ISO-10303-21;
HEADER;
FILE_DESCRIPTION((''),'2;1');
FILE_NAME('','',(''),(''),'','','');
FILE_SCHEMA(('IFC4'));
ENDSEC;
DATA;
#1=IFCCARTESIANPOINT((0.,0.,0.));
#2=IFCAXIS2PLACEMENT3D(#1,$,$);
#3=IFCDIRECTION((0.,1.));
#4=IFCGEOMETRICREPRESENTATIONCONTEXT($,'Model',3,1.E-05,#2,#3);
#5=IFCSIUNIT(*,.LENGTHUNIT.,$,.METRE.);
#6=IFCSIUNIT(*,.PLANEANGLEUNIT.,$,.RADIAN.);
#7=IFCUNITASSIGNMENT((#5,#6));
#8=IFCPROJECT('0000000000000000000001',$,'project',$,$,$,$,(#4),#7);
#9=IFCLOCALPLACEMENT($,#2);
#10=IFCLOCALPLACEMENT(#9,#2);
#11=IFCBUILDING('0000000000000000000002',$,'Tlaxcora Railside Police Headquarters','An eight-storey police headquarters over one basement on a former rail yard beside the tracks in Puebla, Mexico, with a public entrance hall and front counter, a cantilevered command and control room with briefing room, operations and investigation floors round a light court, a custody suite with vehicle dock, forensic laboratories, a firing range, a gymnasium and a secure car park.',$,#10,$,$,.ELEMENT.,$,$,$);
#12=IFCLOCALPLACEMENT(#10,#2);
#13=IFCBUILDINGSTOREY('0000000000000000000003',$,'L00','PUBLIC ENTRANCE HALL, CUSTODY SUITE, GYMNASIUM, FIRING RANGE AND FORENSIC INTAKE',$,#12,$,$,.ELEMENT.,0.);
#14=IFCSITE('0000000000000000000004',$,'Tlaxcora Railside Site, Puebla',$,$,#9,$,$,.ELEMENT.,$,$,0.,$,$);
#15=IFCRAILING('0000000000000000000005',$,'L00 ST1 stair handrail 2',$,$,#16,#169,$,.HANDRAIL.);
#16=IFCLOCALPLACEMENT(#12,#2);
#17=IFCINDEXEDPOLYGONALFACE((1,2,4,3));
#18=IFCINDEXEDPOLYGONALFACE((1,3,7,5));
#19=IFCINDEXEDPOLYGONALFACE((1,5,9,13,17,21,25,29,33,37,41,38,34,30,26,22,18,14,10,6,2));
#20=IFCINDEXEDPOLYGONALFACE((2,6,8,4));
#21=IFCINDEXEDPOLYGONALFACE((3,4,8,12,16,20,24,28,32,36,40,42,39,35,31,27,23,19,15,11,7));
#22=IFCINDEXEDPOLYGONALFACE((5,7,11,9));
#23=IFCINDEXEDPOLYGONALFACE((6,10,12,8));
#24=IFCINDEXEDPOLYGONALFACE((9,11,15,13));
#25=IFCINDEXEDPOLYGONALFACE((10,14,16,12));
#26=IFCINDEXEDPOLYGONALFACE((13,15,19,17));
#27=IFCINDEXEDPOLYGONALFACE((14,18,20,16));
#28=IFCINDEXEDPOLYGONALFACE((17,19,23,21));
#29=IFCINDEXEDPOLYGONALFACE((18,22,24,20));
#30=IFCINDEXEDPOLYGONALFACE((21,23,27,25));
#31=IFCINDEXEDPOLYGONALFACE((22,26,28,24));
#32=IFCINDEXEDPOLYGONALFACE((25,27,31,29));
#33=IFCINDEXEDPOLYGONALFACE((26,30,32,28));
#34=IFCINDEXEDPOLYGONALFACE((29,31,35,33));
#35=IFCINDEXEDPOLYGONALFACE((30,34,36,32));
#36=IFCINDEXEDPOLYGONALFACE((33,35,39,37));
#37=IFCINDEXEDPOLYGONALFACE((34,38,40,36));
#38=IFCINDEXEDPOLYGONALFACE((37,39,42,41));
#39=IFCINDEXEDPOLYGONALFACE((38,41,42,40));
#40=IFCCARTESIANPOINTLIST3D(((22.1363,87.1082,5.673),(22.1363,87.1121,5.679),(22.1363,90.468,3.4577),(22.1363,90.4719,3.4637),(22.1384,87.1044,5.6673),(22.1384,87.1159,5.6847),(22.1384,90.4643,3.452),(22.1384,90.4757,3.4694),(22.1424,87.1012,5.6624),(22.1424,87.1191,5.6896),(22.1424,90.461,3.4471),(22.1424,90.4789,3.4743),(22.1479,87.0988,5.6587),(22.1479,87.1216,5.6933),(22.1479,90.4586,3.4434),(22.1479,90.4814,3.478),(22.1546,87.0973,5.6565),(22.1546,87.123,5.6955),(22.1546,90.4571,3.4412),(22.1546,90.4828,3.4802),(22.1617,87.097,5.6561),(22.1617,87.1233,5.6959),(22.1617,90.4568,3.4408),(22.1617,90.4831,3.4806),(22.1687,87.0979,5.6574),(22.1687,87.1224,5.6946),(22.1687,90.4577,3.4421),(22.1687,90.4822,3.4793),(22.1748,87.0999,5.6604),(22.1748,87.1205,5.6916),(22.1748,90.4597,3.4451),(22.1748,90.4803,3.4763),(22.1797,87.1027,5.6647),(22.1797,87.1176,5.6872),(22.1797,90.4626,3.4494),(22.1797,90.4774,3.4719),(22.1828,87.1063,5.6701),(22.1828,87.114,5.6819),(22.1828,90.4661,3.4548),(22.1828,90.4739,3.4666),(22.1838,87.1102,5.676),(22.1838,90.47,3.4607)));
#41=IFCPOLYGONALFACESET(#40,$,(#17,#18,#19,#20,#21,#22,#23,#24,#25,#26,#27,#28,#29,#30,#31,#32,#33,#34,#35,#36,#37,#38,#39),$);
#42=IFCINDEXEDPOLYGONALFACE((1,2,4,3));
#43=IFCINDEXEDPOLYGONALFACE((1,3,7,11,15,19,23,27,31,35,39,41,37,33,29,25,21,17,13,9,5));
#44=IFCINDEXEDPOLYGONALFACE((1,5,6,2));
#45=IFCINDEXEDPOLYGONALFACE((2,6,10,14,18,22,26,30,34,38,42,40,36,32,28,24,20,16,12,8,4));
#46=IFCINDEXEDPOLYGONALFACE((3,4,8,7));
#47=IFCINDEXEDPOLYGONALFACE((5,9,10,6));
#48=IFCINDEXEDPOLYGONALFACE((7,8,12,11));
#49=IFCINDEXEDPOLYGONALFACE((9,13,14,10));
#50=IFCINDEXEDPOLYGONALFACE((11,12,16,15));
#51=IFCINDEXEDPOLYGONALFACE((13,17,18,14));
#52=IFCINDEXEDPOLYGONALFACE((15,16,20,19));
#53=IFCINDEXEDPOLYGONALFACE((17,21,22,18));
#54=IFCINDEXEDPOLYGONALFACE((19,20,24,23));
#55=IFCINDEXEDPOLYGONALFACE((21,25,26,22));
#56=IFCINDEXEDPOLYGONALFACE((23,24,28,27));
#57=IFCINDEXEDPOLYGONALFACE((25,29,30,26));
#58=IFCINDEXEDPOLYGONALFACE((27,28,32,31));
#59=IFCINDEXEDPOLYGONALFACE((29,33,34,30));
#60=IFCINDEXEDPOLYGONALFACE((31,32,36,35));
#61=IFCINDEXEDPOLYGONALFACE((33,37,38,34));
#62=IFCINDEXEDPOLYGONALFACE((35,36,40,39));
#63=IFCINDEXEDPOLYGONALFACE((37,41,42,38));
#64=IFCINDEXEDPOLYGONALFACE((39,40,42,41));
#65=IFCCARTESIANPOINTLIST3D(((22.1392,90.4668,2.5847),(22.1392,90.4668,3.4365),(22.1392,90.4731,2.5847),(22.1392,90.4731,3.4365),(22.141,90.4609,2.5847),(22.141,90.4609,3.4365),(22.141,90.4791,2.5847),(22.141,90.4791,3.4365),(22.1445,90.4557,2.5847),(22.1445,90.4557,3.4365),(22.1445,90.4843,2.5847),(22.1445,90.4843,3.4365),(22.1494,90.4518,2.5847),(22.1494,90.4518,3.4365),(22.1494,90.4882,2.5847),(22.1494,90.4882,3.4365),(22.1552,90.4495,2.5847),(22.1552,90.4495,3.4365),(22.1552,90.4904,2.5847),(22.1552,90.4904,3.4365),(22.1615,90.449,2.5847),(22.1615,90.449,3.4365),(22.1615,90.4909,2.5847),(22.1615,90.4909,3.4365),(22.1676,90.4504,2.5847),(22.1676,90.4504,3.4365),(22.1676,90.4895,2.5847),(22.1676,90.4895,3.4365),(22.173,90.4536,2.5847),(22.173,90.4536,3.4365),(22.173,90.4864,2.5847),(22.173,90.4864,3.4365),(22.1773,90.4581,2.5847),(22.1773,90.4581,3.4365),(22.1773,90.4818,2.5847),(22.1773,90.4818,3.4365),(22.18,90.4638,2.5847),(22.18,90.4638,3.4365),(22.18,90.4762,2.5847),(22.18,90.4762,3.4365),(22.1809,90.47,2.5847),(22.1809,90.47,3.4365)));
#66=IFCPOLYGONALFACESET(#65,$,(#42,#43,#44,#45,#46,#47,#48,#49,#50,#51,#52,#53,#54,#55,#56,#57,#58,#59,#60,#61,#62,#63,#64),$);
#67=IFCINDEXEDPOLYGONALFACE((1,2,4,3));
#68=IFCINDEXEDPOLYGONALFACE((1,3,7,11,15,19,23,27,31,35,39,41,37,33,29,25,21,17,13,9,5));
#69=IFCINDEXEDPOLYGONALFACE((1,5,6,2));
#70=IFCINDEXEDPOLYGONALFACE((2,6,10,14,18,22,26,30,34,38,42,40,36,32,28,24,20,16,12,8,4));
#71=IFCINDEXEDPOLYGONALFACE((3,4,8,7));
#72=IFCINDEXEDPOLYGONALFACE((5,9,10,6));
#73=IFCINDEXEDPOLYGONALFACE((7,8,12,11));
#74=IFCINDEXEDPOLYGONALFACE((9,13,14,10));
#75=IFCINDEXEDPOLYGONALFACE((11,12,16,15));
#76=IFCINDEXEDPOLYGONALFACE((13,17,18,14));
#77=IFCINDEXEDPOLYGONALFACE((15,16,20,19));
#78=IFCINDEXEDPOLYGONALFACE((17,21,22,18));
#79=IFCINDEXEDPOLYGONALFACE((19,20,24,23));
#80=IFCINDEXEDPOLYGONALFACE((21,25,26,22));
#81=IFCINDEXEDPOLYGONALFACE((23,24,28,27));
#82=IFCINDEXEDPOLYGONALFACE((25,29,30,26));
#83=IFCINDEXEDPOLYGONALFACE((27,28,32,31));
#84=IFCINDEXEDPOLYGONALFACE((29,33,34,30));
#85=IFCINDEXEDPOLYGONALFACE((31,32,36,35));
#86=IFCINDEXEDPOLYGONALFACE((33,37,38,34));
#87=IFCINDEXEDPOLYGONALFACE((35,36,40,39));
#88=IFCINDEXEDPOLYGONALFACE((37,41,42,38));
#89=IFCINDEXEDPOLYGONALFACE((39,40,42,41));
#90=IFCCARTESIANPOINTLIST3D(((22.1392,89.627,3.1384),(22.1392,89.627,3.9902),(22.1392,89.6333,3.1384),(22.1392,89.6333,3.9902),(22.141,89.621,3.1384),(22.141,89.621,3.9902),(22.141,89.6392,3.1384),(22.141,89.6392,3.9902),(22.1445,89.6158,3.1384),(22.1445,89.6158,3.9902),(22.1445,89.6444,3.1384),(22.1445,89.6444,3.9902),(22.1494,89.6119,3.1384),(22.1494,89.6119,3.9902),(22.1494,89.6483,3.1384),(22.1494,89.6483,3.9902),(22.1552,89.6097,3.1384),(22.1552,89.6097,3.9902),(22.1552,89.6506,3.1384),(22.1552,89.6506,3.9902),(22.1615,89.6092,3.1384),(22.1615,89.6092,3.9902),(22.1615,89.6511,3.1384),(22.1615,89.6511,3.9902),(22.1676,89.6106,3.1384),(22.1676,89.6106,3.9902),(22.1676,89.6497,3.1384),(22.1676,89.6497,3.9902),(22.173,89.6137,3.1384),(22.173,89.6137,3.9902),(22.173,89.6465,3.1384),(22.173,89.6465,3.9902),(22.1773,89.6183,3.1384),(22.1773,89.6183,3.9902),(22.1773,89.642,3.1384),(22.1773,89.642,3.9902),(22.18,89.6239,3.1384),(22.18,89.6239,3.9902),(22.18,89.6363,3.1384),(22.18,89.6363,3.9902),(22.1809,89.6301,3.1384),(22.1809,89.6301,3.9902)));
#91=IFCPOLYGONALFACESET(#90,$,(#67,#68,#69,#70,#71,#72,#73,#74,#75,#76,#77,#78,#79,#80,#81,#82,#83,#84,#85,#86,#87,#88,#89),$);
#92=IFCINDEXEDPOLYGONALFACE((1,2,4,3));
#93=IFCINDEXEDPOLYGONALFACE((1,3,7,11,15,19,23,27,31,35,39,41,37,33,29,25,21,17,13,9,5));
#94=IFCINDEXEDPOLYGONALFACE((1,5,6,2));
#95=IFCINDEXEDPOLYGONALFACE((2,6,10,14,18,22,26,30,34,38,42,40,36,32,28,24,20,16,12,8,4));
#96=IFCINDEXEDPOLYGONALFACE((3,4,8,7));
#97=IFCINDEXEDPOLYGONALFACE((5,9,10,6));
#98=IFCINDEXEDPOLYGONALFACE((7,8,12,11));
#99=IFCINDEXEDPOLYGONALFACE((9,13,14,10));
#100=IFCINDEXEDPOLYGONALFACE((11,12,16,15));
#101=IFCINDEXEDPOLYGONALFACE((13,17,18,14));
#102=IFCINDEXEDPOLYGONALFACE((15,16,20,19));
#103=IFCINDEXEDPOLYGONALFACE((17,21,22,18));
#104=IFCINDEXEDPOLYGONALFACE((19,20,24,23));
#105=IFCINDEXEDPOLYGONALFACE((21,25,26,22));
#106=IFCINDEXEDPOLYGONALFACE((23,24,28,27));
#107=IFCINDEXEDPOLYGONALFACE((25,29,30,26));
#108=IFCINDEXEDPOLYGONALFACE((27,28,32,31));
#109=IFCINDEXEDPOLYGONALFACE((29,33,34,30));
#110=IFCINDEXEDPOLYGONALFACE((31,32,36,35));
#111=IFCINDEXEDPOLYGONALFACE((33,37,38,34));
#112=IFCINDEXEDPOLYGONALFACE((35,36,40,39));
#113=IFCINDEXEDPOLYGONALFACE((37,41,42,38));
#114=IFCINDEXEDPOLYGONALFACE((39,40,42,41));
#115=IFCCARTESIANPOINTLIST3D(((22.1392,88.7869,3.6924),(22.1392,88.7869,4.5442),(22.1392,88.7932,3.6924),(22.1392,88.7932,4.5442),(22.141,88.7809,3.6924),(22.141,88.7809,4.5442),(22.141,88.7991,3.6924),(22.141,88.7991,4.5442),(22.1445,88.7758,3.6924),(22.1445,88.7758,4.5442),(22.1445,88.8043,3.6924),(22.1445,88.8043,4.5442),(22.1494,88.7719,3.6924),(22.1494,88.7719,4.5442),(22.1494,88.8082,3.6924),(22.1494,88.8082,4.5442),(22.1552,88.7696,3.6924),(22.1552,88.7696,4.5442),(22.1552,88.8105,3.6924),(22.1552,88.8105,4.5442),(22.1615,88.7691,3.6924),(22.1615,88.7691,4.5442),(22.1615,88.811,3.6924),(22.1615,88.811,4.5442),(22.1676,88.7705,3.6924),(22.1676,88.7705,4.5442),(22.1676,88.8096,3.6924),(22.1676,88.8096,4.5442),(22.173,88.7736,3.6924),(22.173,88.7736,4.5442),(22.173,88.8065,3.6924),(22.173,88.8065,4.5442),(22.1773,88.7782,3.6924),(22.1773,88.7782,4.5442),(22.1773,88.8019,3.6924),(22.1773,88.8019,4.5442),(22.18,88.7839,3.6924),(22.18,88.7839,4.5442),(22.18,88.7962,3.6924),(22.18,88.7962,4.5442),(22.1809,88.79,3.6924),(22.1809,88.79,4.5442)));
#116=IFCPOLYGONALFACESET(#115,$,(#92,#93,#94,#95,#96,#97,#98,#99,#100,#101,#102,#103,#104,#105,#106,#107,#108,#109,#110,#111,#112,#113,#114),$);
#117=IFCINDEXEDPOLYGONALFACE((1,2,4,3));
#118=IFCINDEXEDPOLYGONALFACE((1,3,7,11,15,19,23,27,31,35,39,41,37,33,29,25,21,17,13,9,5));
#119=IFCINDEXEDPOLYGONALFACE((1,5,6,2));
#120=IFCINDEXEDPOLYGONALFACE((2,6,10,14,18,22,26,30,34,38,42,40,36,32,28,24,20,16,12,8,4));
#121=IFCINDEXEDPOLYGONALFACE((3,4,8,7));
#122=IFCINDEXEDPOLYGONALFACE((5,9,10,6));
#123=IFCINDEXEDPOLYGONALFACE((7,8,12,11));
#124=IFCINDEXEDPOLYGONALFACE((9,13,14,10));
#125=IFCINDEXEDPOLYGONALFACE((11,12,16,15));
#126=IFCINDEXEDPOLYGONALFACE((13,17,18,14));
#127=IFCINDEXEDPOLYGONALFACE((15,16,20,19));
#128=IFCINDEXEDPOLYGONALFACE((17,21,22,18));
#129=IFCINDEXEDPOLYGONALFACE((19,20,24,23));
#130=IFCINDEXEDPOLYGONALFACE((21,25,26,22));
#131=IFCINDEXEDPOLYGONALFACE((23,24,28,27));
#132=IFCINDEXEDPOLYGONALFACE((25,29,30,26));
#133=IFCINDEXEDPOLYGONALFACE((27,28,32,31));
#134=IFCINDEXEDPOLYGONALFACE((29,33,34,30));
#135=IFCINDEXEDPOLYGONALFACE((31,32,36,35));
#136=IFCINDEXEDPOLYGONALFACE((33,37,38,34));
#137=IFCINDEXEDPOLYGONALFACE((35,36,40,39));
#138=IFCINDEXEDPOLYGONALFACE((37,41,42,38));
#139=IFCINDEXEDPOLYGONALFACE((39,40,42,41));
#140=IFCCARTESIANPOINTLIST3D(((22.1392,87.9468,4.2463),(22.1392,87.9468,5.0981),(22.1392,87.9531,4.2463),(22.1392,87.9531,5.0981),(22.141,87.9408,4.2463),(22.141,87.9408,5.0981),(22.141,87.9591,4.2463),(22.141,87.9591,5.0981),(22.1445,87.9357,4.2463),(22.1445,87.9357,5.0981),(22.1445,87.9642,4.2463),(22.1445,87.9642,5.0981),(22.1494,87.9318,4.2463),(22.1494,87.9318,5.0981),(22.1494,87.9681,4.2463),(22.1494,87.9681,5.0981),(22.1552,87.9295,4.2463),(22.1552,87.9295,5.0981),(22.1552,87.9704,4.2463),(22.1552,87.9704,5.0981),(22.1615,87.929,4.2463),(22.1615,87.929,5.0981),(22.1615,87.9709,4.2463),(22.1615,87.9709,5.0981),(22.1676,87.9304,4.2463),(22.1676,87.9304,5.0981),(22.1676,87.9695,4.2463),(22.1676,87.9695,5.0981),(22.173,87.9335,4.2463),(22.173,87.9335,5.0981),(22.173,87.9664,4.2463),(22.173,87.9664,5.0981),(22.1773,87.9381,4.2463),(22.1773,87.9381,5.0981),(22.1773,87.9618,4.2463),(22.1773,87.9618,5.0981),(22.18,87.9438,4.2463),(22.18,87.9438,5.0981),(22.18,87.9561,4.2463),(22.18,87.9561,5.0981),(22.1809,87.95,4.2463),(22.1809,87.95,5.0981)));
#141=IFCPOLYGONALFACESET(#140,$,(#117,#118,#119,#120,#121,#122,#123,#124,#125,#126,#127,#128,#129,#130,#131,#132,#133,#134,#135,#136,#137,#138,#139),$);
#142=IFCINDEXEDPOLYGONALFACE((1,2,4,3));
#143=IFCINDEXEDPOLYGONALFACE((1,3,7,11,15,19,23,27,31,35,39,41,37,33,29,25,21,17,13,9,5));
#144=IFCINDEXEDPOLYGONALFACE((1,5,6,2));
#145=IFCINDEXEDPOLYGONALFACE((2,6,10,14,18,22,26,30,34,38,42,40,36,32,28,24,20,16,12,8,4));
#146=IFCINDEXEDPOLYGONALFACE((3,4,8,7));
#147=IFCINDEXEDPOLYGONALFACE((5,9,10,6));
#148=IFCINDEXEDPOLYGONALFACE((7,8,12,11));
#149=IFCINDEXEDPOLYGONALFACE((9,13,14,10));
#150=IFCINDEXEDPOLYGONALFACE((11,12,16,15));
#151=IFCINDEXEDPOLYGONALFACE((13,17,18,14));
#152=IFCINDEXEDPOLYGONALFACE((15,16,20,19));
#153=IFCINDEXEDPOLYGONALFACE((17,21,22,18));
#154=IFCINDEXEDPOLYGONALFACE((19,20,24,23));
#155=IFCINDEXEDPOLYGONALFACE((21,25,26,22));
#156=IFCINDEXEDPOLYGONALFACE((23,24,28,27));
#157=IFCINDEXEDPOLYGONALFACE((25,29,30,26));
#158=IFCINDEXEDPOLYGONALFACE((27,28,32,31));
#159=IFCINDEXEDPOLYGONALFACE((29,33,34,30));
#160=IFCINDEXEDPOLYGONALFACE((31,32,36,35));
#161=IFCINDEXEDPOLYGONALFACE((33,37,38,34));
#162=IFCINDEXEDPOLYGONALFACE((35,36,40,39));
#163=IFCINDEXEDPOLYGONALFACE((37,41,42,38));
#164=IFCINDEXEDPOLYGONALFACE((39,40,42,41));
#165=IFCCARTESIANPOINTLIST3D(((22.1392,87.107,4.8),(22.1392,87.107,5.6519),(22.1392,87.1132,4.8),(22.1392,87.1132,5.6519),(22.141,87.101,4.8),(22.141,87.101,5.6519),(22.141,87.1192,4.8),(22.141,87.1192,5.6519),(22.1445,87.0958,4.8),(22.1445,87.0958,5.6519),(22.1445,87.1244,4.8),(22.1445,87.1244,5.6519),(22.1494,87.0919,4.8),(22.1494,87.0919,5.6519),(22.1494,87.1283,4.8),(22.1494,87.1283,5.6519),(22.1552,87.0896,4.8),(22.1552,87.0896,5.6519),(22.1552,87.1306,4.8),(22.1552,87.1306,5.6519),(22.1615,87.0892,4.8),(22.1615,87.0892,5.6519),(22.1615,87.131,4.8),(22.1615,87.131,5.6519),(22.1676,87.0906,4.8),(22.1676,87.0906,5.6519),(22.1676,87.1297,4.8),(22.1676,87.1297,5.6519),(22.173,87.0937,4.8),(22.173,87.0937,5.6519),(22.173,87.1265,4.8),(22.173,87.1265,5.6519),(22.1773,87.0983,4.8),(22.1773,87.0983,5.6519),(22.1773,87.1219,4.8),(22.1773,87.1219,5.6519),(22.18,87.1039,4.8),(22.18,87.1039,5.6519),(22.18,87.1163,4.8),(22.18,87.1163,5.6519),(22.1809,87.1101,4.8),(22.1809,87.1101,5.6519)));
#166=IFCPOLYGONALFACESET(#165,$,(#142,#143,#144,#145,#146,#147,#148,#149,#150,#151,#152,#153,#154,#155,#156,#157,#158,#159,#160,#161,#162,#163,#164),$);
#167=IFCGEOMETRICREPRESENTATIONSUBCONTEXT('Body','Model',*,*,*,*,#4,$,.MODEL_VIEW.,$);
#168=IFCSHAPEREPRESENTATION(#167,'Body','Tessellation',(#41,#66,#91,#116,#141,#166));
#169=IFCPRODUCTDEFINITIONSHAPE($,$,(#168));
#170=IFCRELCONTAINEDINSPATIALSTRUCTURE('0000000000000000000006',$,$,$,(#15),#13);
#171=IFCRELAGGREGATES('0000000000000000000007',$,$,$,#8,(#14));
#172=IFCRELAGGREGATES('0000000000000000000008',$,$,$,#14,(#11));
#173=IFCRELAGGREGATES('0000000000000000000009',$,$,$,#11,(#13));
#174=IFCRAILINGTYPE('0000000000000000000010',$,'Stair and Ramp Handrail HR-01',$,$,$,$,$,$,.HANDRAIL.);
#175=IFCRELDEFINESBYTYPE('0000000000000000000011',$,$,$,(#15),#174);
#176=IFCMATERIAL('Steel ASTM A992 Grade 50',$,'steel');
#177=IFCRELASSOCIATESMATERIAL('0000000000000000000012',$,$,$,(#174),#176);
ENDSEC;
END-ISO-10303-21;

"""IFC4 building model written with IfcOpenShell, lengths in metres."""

from ifc_helpers import new_model, si_unit, direction, frame, origin, origin_2d, place, context, subcontext, project, spatial, circle, extrude, material, type_object, element, save


model = new_model("IFC4")

# Units and contexts
model_context = context("Model", 3, precision=1e-05, world=origin(), true_north=direction((0.0, 1.0)))
body_context = subcontext(model_context, "Body", "Model", "MODEL_VIEW")
ifc_project = project(units=[si_unit("LENGTHUNIT", "METRE"), si_unit("PLANEANGLEUNIT", "RADIAN")], contexts=[model_context])

# Site, building, storey
site_placement = place(None, origin())
site = spatial("IfcSite", under=ifc_project, at=site_placement, Name="Tlaxcora Railside Site, Puebla", CompositionType="ELEMENT", RefElevation=0.0)
building_placement = place(site_placement, origin())
building = spatial("IfcBuilding", under=site, at=building_placement, Name="Tlaxcora Railside Police Headquarters", Description="An eight-storey police headquarters over one basement on a former rail yard beside the tracks in Puebla, Mexico, with a public entrance hall and front counter, a cantilevered command and control room with briefing room, operations and investigation floors round a light court, a custody suite with vehicle dock, forensic laboratories, a firing range, a gymnasium and a secure car park.", CompositionType="ELEMENT")
storey_placement = place(building_placement, origin())
storey = spatial("IfcBuildingStorey", under=building, at=storey_placement, Name="L00", Description="PUBLIC ENTRANCE HALL, CUSTODY SUITE, GYMNASIUM, FIRING RANGE AND FORENSIC INTAKE", CompositionType="ELEMENT", Elevation=0.0)

# Shared definitions
ifc_material_1 = material(Name="Steel ASTM A992 Grade 50", Category="steel")

# Railing
railing_type_1 = type_object("IfcRailingType", Name="Stair and Ramp Handrail HR-01", PredefinedType="HANDRAIL", material=ifc_material_1)
railing_1_placement = place(storey_placement, frame((22.1599, 90.47, 2.5847)))
element("IfcRailing", 1, at=railing_1_placement, inside=storey, type_object=railing_type_1, Name="L00 ST1 stair handrail 2", PredefinedType="HANDRAIL", context=body_context, shape_type="SweptSolid", body=[
    extrude(circle(Radius=0.0239, at=origin_2d()), frame((0.0, 0.0, 0.876), z_axis=(0.0, -0.834858, 0.550465), x_axis=(1.0, 0.0, 0.0)), (0.0, 0.0, 1.0), 4.0244),
    extrude(circle(Radius=0.021, at=origin_2d()), origin(), (0.0, 0.0, 1.0), 0.8518),
    extrude(circle(Radius=0.021, at=origin_2d()), frame((0.0, -0.8398, 0.5537)), (0.0, 0.0, 1.0), 0.8518),
    extrude(circle(Radius=0.021, at=origin_2d()), frame((0.0, -1.6799, 1.1077)), (0.0, 0.0, 1.0), 0.8518),
    extrude(circle(Radius=0.021, at=origin_2d()), frame((0.0, -2.52, 1.6616)), (0.0, 0.0, 1.0), 0.8518),
    extrude(circle(Radius=0.021, at=origin_2d()), frame((0.0, -3.3599, 2.2153)), (0.0, 0.0, 1.0), 0.8518),
])

save(model, "model.ifc")
